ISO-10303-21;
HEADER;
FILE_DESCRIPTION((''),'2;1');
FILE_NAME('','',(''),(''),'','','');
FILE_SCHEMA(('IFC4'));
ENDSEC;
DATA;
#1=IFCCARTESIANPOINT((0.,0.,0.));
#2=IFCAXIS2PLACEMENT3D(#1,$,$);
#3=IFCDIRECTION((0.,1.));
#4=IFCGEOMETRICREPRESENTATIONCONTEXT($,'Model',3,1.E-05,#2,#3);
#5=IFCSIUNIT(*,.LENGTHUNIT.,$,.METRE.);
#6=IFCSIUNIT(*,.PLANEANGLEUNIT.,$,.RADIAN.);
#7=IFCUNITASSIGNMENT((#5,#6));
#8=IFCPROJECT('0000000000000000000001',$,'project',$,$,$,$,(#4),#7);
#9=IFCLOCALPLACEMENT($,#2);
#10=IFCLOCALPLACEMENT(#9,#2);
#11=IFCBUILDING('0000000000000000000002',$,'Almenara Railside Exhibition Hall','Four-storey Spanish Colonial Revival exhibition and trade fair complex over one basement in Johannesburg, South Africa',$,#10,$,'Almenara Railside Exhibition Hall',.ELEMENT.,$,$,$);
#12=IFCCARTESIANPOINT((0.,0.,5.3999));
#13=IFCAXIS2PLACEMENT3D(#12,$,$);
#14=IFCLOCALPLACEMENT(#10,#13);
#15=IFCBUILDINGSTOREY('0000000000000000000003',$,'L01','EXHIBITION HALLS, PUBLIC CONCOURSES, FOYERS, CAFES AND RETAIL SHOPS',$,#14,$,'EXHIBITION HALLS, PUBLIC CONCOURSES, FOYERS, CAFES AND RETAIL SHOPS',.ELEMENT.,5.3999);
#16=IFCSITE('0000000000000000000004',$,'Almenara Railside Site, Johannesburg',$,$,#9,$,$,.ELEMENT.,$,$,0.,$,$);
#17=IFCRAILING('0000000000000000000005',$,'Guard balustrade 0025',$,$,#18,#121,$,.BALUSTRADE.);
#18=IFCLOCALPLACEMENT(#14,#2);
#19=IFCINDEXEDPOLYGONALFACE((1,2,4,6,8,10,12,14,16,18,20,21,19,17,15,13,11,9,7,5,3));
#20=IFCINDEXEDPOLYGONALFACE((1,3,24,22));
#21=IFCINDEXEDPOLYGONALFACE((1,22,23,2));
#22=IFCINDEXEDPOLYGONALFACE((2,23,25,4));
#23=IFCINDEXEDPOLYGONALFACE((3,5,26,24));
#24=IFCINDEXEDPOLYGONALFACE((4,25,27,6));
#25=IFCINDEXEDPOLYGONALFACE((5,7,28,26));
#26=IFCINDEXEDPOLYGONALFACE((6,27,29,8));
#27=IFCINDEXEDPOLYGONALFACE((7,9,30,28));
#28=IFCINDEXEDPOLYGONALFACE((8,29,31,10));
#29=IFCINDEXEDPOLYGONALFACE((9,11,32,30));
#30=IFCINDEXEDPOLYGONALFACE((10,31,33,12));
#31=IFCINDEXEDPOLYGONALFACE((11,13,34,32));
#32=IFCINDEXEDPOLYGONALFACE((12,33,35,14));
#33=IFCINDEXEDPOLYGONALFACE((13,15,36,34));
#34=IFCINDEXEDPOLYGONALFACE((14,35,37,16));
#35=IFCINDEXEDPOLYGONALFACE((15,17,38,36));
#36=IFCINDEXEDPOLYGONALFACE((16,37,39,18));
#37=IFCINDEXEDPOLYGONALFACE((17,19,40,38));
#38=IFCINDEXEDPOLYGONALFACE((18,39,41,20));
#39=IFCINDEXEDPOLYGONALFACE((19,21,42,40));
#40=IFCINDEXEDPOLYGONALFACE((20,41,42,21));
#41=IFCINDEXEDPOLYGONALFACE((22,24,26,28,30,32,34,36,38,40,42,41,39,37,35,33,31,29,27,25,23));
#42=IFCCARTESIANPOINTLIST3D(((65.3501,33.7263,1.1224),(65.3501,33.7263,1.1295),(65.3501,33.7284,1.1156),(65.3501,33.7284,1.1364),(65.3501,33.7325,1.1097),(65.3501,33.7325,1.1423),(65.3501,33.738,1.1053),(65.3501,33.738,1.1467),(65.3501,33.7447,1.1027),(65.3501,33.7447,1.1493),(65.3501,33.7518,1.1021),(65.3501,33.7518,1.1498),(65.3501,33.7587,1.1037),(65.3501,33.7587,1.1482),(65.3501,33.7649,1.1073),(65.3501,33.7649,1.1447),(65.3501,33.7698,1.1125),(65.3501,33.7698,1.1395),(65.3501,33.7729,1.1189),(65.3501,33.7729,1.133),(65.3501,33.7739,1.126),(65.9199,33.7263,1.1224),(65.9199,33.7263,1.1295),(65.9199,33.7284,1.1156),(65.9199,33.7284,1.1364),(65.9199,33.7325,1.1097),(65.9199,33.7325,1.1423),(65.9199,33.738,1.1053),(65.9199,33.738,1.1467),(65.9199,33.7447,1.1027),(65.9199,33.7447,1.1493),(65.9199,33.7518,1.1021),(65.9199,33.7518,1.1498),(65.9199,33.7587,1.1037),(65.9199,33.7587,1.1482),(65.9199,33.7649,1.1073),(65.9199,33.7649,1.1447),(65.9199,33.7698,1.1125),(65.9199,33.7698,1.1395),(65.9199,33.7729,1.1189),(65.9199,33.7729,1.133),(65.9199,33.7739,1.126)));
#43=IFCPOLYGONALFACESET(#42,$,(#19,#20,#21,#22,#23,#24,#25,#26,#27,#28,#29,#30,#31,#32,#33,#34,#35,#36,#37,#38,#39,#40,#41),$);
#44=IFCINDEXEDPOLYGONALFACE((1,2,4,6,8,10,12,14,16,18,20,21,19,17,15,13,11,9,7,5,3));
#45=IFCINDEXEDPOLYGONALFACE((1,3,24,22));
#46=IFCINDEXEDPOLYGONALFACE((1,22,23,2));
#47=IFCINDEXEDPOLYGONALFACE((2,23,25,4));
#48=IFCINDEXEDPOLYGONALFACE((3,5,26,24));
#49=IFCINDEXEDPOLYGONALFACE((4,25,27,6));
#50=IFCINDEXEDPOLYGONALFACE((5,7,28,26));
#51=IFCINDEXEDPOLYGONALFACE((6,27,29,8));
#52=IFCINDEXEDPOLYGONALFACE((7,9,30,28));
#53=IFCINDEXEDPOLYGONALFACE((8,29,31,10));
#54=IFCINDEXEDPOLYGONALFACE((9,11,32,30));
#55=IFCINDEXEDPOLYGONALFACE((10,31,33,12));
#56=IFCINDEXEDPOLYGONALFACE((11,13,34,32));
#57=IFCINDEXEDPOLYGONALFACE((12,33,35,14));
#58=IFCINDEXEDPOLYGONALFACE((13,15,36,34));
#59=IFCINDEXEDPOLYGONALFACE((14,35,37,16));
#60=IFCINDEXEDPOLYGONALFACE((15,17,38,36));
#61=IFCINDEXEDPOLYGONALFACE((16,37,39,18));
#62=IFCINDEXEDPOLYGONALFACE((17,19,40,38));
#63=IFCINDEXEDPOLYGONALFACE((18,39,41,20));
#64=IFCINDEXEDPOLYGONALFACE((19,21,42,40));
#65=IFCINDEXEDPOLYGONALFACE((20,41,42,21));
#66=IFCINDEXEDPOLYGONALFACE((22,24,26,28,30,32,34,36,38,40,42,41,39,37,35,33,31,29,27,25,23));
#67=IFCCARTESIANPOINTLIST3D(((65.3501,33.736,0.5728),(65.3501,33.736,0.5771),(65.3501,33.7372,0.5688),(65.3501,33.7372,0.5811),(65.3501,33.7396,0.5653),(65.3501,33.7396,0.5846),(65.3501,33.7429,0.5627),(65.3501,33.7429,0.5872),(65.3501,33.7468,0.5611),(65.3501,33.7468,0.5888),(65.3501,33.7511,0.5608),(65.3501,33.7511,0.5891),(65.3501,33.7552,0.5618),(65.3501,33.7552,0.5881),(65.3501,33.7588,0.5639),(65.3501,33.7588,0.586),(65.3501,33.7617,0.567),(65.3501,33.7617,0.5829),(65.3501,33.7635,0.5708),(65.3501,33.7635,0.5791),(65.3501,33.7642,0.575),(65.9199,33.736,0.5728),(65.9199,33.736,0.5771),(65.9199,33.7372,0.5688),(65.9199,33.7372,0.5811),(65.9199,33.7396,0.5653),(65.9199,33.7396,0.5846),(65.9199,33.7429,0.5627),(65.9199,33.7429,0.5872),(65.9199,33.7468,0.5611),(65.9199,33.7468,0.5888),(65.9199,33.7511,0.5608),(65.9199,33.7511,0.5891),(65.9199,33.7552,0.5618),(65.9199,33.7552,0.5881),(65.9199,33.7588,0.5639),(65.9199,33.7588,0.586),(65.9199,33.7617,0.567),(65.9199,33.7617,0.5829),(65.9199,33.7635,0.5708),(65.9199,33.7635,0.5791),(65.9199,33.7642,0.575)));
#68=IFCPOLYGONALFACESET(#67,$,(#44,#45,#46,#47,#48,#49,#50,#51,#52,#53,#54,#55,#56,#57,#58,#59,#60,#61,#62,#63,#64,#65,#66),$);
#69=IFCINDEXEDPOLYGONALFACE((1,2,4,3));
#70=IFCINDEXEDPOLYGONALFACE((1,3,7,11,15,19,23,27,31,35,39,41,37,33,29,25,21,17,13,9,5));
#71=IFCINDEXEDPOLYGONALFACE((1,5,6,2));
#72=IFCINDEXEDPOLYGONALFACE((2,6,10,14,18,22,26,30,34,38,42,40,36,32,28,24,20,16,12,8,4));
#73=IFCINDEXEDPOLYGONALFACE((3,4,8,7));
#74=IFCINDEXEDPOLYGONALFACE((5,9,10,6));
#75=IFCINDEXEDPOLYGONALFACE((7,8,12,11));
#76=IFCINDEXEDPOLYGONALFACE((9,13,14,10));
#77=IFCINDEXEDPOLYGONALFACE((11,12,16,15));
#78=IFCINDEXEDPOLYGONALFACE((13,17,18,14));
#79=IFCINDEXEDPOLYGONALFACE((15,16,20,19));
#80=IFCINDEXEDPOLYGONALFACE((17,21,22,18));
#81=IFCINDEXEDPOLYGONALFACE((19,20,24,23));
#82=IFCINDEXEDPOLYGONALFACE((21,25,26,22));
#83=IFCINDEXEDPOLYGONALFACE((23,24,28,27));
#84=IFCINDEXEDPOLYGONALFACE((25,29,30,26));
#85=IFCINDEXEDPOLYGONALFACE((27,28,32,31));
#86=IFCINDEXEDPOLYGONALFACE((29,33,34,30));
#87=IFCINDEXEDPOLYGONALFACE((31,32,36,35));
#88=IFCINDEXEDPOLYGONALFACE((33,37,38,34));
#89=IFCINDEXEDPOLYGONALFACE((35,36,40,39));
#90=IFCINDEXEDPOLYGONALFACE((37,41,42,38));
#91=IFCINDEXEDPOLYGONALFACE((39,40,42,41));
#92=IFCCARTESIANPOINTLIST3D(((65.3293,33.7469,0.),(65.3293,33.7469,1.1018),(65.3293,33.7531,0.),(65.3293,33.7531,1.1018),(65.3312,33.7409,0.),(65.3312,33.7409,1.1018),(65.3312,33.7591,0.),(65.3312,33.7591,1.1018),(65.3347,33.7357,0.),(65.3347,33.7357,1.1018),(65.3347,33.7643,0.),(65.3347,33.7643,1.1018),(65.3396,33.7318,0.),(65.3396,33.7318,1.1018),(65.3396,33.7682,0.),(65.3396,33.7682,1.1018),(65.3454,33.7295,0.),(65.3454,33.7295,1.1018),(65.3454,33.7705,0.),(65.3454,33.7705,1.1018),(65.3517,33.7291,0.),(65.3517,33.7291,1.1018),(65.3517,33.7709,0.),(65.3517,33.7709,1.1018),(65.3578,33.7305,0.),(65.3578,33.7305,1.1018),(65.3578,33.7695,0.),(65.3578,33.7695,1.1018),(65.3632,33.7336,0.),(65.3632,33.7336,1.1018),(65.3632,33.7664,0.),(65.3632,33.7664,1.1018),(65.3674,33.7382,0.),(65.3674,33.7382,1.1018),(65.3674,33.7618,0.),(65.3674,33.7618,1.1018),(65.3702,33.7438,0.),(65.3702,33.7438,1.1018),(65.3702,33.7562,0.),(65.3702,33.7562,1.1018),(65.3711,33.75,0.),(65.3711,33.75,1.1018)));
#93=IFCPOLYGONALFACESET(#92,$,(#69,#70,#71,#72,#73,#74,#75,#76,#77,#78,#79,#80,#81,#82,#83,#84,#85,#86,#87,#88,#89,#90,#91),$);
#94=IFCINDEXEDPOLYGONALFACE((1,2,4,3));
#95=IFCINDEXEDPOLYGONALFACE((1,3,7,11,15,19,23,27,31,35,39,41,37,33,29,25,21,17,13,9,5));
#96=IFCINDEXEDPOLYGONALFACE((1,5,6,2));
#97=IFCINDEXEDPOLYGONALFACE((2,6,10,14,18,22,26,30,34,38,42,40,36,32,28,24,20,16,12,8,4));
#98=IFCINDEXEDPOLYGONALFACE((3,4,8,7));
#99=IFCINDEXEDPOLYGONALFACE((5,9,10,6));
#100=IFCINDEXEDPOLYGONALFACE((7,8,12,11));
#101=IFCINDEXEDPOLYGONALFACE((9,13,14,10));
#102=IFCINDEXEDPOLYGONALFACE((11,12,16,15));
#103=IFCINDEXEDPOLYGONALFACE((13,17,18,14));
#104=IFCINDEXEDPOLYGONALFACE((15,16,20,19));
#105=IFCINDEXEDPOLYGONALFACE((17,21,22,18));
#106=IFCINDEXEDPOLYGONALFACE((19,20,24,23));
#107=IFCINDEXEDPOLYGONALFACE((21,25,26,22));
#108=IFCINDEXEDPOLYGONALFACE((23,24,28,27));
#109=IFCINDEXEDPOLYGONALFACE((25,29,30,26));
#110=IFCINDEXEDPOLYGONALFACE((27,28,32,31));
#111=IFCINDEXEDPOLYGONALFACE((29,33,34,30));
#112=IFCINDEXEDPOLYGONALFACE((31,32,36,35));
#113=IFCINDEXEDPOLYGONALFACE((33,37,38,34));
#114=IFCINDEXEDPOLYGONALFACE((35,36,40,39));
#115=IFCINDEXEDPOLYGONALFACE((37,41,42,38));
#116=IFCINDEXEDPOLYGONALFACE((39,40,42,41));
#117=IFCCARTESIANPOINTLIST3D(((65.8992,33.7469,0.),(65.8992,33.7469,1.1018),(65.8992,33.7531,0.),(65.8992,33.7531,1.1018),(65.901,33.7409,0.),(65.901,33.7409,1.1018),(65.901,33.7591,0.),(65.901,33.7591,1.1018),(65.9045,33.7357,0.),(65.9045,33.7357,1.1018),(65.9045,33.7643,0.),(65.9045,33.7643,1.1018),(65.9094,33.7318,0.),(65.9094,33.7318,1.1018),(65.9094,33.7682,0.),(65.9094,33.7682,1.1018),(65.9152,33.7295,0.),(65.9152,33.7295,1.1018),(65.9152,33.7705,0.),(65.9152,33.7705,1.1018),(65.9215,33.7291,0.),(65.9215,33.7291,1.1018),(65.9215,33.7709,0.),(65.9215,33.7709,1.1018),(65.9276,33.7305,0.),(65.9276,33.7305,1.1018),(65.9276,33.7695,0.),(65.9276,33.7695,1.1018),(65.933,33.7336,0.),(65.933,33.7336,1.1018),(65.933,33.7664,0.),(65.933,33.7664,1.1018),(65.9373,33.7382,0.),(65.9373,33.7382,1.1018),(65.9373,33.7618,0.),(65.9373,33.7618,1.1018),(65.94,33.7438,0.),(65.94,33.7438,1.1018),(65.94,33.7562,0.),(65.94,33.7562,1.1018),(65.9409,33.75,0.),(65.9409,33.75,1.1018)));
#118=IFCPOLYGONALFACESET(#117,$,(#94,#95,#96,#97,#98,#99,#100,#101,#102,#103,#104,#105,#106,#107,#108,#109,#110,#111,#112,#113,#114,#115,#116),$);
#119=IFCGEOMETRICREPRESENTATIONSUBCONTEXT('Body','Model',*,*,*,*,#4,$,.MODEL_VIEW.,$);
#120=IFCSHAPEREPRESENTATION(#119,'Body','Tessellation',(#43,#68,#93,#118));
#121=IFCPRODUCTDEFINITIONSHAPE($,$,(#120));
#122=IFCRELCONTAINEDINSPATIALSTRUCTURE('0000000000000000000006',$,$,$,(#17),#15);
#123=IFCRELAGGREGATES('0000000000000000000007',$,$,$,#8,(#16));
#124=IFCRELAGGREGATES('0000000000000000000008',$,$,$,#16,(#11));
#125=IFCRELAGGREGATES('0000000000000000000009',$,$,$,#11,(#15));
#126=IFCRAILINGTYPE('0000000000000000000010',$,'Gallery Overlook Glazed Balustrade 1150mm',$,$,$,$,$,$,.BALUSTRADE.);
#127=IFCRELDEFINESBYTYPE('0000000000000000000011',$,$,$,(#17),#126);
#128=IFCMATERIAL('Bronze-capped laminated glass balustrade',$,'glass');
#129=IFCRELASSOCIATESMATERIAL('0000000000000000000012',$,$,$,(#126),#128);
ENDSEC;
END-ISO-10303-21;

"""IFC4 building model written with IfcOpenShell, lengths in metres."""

from ifc_helpers import new_model, si_unit, direction, frame, origin, origin_2d, place, context, subcontext, project, spatial, circle, extrude, material, type_object, element, save


model = new_model("IFC4")

# Units and contexts
model_context = context("Model", 3, precision=1e-05, world=origin(), true_north=direction((0.0, 1.0)))
body_context = subcontext(model_context, "Body", "Model", "MODEL_VIEW")
ifc_project = project(units=[si_unit("LENGTHUNIT", "METRE"), si_unit("PLANEANGLEUNIT", "RADIAN")], contexts=[model_context])

# Site, building, storey
site_placement = place(None, origin())
site = spatial("IfcSite", under=ifc_project, at=site_placement, Name="Almenara Railside Site, Johannesburg", CompositionType="ELEMENT", RefElevation=0.0)
building_placement = place(site_placement, origin())
building = spatial("IfcBuilding", under=site, at=building_placement, Name="Almenara Railside Exhibition Hall", Description="Four-storey Spanish Colonial Revival exhibition and trade fair complex over one basement in Johannesburg, South Africa", LongName="Almenara Railside Exhibition Hall", CompositionType="ELEMENT")
storey_placement = place(building_placement, frame((0.0, 0.0, 5.3999)))
storey = spatial("IfcBuildingStorey", under=building, at=storey_placement, Name="L01", Description="EXHIBITION HALLS, PUBLIC CONCOURSES, FOYERS, CAFES AND RETAIL SHOPS", LongName="EXHIBITION HALLS, PUBLIC CONCOURSES, FOYERS, CAFES AND RETAIL SHOPS", CompositionType="ELEMENT", Elevation=5.3999)

# Railing
ifc_material_1 = material(Name="Bronze-capped laminated glass balustrade", Category="glass")
railing_type = type_object("IfcRailingType", Name="Gallery Overlook Glazed Balustrade 1150mm", PredefinedType="BALUSTRADE", material=ifc_material_1)
railing_placement = place(storey_placement, frame((65.3501, 33.75, 0.0)))
element("IfcRailing", 1, at=railing_placement, inside=storey, type_object=railing_type, Name="Guard balustrade 0025", PredefinedType="BALUSTRADE", context=body_context, shape_type="SweptSolid", body=[
    extrude(circle(Radius=0.0239, at=origin_2d()), frame((0.0, 0.0, 1.126), z_axis=(1.0, 0.0, 0.0), x_axis=(0.0, 1.0, 0.0)), (0.0, 0.0, 1.0), 0.5698),
    extrude(circle(Radius=0.0142, at=origin_2d()), frame((0.0, 0.0, 0.575), z_axis=(1.0, 0.0, 0.0), x_axis=(0.0, 1.0, 0.0)), (0.0, 0.0, 1.0), 0.5698),
    extrude(circle(Radius=0.021, at=origin_2d()), origin(), (0.0, 0.0, 1.0), 1.1018),
    extrude(circle(Radius=0.021, at=origin_2d()), frame((0.5698, 0.0, 0.0)), (0.0, 0.0, 1.0), 1.1018),
])

save(model, "model.ifc")
